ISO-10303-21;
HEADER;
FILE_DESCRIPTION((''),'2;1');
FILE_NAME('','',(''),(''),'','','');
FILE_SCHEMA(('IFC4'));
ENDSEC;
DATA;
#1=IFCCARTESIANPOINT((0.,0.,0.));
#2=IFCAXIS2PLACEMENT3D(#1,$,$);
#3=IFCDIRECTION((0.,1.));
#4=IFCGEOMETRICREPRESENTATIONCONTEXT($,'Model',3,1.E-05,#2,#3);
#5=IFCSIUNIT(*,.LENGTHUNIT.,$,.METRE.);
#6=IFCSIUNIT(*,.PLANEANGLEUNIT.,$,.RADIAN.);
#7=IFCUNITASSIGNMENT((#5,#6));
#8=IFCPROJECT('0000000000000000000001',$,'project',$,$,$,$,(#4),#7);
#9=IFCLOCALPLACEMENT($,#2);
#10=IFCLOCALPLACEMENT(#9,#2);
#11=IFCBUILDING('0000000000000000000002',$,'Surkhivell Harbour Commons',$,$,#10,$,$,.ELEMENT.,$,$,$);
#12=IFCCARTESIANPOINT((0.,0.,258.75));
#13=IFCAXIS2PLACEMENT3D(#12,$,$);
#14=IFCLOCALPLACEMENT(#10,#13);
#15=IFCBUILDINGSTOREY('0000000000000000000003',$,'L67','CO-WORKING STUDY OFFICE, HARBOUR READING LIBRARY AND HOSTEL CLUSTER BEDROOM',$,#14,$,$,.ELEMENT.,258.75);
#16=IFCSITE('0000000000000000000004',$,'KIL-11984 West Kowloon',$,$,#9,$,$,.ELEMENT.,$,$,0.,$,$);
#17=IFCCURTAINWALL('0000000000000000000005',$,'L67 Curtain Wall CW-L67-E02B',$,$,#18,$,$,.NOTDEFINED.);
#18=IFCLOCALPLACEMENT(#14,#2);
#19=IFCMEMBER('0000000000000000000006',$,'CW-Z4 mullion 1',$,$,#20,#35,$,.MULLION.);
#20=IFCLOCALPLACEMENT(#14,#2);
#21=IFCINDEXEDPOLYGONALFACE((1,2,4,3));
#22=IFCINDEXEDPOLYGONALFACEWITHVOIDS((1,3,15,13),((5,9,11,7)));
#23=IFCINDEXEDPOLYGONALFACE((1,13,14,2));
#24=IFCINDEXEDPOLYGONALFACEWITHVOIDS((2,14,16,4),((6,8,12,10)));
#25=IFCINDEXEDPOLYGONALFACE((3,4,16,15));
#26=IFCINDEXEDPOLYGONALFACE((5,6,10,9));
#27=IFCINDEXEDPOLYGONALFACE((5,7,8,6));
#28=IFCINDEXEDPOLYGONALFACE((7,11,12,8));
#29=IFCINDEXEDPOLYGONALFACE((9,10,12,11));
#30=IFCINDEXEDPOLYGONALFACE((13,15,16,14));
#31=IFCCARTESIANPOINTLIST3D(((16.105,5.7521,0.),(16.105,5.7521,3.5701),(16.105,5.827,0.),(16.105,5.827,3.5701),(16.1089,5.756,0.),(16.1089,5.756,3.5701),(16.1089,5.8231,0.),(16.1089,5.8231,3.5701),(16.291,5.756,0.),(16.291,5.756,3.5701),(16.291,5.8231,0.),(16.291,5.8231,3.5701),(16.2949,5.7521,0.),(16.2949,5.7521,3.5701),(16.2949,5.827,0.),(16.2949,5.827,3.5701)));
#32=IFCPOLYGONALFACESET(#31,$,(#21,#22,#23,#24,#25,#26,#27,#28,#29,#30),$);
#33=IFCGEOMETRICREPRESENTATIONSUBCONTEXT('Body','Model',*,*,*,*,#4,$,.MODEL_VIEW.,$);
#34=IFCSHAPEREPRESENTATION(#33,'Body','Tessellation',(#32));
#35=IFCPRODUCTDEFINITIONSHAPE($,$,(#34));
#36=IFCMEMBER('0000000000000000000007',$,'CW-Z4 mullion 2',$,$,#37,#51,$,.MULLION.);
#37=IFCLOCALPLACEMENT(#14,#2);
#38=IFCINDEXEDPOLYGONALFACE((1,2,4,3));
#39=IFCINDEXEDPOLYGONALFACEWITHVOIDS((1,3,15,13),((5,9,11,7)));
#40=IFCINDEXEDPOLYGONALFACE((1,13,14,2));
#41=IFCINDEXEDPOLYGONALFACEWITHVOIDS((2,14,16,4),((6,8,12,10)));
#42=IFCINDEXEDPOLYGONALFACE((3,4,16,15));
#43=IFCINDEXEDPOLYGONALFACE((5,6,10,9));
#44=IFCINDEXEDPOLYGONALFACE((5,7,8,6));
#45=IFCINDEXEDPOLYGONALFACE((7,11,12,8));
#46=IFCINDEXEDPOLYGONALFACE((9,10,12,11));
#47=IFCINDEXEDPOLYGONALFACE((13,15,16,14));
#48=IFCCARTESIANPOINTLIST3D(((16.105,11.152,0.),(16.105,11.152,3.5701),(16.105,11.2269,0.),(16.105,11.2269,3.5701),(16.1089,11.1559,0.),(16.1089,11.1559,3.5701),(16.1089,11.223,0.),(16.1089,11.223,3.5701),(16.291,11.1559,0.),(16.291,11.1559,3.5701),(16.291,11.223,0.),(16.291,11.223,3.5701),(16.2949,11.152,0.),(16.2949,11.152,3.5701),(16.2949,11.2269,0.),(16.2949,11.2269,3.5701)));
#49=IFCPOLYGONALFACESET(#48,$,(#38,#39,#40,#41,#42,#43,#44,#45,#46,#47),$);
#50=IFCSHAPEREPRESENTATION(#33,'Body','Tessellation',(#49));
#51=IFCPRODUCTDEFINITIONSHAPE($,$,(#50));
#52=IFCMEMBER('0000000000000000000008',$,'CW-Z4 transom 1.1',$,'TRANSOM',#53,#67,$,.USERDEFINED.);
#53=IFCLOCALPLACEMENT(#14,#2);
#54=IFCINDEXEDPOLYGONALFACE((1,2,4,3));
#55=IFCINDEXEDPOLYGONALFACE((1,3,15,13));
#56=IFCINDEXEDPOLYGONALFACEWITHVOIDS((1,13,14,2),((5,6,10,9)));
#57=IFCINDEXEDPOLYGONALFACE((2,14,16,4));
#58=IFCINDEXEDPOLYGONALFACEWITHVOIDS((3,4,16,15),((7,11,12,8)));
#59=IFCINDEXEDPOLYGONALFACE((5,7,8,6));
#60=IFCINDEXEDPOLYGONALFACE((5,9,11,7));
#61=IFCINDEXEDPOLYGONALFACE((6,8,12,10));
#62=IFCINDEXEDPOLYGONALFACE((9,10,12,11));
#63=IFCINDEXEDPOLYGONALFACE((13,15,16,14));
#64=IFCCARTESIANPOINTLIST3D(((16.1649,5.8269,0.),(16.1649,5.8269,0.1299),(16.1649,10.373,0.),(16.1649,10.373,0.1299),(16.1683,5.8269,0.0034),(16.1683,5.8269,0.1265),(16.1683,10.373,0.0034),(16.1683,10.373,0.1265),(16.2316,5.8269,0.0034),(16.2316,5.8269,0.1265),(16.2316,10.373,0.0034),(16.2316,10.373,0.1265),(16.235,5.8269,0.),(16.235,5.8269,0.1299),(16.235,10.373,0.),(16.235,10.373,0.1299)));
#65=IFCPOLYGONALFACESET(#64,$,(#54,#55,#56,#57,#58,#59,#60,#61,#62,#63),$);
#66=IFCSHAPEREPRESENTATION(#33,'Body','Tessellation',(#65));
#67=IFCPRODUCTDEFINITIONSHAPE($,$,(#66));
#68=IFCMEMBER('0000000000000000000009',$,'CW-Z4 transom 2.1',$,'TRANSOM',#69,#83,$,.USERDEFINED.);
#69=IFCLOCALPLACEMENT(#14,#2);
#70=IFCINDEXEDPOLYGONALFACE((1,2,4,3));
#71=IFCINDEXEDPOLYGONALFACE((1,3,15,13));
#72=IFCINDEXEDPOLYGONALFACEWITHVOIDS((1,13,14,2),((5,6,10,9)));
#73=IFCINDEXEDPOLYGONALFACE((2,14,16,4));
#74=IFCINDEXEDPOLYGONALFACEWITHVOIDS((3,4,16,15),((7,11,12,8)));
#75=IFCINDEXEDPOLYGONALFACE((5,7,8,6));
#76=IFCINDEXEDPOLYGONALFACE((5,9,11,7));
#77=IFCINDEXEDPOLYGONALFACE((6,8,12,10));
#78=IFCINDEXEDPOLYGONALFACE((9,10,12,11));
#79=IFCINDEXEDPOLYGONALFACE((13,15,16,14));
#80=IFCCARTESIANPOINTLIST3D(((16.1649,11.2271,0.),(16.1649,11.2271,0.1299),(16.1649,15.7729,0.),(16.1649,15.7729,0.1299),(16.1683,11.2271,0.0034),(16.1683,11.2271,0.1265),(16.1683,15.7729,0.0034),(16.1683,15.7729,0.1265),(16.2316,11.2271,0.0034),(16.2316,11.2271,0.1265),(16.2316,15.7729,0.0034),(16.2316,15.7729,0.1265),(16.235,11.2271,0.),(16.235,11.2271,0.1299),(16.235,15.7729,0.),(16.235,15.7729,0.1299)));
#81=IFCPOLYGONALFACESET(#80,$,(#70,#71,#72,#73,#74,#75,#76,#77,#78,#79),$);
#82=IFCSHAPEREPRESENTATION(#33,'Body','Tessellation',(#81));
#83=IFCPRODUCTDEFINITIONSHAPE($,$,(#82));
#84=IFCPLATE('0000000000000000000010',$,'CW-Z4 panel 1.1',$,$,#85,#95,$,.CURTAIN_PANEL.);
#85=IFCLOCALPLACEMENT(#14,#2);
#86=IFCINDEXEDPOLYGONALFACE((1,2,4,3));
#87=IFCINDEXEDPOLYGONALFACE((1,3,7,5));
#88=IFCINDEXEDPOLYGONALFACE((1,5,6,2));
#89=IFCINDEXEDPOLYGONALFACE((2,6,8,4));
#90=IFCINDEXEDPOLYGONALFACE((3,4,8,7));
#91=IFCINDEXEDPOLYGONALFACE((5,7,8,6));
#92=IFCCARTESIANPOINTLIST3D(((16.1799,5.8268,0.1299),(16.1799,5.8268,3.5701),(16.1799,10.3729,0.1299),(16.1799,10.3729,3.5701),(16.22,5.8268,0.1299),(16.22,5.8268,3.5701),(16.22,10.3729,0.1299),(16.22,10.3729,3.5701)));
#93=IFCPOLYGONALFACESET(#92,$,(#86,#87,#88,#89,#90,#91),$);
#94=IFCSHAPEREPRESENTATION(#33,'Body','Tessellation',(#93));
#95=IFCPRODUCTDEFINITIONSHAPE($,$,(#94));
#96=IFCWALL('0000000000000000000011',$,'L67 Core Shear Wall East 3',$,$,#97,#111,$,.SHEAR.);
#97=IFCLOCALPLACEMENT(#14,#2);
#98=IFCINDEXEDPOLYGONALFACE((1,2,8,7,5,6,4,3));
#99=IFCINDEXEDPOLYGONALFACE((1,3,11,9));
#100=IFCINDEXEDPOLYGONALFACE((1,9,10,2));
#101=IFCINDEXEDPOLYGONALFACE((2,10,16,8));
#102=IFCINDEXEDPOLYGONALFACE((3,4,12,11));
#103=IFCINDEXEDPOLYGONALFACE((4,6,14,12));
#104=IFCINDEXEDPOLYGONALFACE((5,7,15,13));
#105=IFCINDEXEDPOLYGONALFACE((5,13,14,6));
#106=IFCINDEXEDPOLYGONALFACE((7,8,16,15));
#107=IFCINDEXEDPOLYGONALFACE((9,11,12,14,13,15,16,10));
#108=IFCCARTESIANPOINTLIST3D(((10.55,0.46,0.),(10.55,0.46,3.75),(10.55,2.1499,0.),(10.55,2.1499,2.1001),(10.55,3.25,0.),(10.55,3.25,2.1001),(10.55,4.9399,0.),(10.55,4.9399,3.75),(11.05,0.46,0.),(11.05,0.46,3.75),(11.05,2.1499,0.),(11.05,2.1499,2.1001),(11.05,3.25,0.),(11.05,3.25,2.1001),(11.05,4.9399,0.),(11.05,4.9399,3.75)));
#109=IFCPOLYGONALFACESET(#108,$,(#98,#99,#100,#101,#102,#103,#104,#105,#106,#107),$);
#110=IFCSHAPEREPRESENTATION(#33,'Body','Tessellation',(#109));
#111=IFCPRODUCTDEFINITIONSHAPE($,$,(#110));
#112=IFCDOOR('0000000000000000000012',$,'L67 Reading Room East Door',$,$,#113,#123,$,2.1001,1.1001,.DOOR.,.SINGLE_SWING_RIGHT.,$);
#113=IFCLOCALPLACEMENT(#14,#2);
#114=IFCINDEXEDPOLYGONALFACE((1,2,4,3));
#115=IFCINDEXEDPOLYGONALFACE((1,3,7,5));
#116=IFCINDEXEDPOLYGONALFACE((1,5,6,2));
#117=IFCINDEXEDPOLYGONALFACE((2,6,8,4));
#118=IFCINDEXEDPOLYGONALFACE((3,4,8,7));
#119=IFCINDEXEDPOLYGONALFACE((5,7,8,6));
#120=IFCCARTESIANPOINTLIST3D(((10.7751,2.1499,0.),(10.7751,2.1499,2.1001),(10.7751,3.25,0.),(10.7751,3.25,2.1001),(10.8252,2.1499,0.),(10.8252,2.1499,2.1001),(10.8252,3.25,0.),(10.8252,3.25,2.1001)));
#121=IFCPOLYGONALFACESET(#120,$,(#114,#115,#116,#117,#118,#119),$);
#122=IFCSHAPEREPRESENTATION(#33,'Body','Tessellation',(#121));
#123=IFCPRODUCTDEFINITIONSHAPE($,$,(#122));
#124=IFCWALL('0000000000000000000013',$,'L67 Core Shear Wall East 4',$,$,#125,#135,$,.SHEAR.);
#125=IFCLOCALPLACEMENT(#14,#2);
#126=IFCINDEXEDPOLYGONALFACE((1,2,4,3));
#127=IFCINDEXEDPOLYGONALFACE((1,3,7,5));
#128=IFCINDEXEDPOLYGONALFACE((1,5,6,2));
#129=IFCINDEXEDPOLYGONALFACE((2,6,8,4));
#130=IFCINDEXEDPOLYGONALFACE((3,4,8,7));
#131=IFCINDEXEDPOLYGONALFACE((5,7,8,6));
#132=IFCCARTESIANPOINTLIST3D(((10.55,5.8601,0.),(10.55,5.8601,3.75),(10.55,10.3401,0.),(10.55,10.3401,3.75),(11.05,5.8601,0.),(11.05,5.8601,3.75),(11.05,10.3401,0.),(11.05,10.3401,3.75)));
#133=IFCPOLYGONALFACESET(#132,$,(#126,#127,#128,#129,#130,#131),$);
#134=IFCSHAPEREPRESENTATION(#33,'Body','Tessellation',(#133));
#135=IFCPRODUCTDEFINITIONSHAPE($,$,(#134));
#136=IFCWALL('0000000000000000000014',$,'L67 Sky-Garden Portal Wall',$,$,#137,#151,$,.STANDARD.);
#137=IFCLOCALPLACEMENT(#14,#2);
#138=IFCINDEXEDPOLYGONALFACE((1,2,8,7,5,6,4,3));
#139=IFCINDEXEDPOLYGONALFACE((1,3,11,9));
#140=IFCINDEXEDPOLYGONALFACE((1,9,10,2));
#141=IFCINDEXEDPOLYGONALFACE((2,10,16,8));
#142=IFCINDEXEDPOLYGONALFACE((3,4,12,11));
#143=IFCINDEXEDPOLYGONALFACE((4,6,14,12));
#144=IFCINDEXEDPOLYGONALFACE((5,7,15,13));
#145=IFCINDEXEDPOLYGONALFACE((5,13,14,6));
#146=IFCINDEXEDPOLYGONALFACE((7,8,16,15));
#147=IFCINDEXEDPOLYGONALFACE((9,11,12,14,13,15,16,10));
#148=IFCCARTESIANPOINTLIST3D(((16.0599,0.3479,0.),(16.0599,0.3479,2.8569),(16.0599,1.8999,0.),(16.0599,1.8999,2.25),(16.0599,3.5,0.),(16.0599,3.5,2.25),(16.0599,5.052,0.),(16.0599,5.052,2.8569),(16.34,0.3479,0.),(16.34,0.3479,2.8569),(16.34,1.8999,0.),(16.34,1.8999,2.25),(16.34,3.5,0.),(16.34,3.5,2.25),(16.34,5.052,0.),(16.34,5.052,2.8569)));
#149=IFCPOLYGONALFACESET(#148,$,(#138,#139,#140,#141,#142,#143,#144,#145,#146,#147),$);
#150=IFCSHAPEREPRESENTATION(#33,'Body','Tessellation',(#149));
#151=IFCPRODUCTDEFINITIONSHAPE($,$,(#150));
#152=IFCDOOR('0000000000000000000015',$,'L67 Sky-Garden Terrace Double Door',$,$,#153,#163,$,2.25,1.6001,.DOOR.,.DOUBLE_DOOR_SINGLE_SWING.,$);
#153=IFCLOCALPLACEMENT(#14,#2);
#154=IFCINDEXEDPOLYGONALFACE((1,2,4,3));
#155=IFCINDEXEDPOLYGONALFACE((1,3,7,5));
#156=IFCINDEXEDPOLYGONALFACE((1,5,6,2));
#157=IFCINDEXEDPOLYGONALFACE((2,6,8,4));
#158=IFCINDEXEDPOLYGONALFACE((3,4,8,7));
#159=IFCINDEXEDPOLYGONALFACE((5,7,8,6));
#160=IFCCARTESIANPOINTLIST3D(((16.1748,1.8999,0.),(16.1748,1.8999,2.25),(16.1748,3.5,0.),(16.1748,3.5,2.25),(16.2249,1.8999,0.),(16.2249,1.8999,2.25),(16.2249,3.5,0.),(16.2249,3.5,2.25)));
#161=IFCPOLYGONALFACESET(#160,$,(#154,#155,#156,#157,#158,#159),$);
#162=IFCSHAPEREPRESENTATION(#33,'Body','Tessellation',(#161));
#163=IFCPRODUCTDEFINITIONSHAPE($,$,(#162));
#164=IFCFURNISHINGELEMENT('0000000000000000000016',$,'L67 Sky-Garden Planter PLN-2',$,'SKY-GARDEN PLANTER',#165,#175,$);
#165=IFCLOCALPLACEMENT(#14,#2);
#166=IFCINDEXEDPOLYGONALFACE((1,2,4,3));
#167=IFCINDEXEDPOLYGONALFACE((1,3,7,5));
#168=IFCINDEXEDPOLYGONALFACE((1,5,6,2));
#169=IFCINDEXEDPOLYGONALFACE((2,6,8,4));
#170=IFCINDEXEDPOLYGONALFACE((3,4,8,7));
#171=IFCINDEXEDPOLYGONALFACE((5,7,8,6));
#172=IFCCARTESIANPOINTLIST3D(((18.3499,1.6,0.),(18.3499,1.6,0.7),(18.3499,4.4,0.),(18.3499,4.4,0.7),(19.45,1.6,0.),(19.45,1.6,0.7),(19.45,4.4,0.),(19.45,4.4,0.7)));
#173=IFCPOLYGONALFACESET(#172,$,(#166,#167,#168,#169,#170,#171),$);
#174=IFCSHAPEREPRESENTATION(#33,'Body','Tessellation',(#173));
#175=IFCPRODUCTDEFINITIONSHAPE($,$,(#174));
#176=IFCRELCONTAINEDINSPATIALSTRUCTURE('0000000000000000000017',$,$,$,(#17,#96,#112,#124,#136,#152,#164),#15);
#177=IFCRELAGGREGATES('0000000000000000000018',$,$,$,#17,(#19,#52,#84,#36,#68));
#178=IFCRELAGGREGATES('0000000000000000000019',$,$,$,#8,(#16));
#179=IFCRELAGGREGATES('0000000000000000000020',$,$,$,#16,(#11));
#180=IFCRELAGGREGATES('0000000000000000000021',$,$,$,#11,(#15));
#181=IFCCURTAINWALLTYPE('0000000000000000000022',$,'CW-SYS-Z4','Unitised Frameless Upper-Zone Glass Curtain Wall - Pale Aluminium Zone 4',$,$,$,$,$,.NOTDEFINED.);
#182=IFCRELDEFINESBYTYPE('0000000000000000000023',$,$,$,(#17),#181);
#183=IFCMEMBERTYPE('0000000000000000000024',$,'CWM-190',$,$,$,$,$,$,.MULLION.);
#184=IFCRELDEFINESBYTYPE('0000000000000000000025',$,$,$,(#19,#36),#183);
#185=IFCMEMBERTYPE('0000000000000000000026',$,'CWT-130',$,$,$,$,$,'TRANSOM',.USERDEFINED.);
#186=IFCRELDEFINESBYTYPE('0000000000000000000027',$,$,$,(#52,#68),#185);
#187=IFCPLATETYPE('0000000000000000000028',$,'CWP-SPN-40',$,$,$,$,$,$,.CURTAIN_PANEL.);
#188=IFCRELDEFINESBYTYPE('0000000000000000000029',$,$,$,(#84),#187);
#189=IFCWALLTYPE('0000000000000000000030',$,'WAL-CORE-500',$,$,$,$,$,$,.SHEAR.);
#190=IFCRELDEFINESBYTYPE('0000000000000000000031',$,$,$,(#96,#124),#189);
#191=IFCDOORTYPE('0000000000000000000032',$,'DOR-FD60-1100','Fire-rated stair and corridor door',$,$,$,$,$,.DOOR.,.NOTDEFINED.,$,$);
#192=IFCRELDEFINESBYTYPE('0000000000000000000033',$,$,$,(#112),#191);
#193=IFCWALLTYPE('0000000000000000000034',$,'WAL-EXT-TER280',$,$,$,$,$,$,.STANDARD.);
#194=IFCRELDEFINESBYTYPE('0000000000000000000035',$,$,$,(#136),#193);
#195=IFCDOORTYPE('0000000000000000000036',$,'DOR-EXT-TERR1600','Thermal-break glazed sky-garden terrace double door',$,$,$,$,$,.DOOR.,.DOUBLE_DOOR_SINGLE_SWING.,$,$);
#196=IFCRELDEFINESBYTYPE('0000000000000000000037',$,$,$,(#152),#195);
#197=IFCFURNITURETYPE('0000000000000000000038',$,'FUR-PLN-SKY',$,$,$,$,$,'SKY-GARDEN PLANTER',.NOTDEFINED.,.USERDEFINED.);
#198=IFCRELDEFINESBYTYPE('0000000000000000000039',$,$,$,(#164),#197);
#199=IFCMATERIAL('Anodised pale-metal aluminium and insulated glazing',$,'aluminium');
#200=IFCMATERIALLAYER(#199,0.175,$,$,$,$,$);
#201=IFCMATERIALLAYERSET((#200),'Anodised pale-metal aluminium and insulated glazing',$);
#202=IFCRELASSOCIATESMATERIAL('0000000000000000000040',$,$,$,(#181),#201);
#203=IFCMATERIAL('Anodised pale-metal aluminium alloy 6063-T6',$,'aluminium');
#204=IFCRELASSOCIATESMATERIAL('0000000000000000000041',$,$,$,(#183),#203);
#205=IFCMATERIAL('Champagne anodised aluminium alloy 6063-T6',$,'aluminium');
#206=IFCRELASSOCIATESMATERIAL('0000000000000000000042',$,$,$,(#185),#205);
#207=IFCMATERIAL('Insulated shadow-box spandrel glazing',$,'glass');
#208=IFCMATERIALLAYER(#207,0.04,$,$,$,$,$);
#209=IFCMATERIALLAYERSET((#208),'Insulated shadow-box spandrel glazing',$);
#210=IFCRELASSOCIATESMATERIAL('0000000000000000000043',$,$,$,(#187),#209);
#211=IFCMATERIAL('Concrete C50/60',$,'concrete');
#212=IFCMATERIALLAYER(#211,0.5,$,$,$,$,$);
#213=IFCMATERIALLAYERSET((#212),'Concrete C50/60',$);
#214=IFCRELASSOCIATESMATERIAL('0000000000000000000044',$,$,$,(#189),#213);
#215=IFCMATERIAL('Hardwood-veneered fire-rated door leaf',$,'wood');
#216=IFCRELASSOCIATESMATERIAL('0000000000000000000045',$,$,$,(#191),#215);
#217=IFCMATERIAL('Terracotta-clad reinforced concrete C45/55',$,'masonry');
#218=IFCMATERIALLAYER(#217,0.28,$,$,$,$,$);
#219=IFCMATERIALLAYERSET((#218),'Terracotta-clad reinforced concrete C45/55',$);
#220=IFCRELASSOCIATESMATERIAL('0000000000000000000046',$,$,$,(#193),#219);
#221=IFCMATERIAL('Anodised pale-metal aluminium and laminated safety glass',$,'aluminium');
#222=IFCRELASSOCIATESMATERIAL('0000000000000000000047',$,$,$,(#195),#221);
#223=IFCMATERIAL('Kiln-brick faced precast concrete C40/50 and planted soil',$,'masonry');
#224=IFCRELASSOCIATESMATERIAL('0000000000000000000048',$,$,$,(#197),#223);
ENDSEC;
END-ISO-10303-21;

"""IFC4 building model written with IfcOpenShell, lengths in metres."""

from ifc_helpers import new_model, si_unit, direction, frame, frame_2d, origin, origin_2d, place, context, subcontext, project, spatial, rectangle, hollow_rectangle, extrude, material, layer, layer_set, material_profile, profile_set, type_object, element, fill, aggregate, save


model = new_model("IFC4")

# Units and contexts
model_context = context("Model", 3, precision=1e-05, world=origin(), true_north=direction((0.0, 1.0)))
body_context = subcontext(model_context, "Body", "Model", "MODEL_VIEW")
ifc_project = project(units=[si_unit("LENGTHUNIT", "METRE"), si_unit("PLANEANGLEUNIT", "RADIAN")], contexts=[model_context])

# Site, building, storey
site_placement = place(None, origin())
site = spatial("IfcSite", under=ifc_project, at=site_placement, Name="KIL-11984 West Kowloon", CompositionType="ELEMENT", RefElevation=0.0)
building_placement = place(site_placement, origin())
building = spatial("IfcBuilding", under=site, at=building_placement, Name="Surkhivell Harbour Commons", CompositionType="ELEMENT")
storey_placement = place(building_placement, frame((0.0, 0.0, 258.75)))
storey = spatial("IfcBuildingStorey", under=building, at=storey_placement, Name="L67", Description="CO-WORKING STUDY OFFICE, HARBOUR READING LIBRARY AND HOSTEL CLUSTER BEDROOM", CompositionType="ELEMENT", Elevation=258.75)

# Shared definitions
ifc_material_1 = material(Name="Concrete C50/60", Category="concrete")

# Curtain wall, members, plate
ifc_material_2 = material(Name="Anodised pale-metal aluminium and insulated glazing", Category="aluminium")
ifc_layer_1 = layer(ifc_material_2, 0.175)
ifc_layer_set_1 = layer_set([ifc_layer_1], Name="Anodised pale-metal aluminium and insulated glazing")
curtain_wall_type = type_object("IfcCurtainWallType", Name="CW-SYS-Z4", Description="Unitised Frameless Upper-Zone Glass Curtain Wall - Pale Aluminium Zone 4", PredefinedType="NOTDEFINED", material=ifc_layer_set_1)
curtain_wall_placement = place(storey_placement, origin())
curtain_wall = element("IfcCurtainWall", 1, at=curtain_wall_placement, inside=storey, type_object=curtain_wall_type, Name="L67 Curtain Wall CW-L67-E02B", PredefinedType="NOTDEFINED")
ifc_material_3 = material(Name="Anodised pale-metal aluminium alloy 6063-T6", Category="aluminium")
ifc_material_profile_1 = material_profile(ifc_material_3, hollow_rectangle(XDim=0.075, YDim=0.1899, WallThickness=0.0039, at=origin_2d()), Name="ALU-MULL-75x190")
ifc_profile_set_1 = profile_set([ifc_material_profile_1], Name="Anodised pale-metal aluminium alloy 6063-T6")
member_type_1 = type_object("IfcMemberType", Name="CWM-190", PredefinedType="MULLION", material=ifc_profile_set_1)
member_1_placement = place(storey_placement, frame((16.2, 5.7896, 0.0), z_axis=(0.0, 0.0, 1.0), x_axis=(0.0, 1.0, 0.0)))
member_1 = element("IfcMember", 2, at=member_1_placement, type_object=member_type_1, Name="CW-Z4 mullion 1", PredefinedType="MULLION", context=body_context, shape_type="SweptSolid", body=[
    extrude(hollow_rectangle(XDim=0.075, YDim=0.1899, WallThickness=0.0039, at=origin_2d()), origin(), (0.0, 0.0, 1.0), 3.5701),
])
member_2_placement = place(storey_placement, frame((16.2, 11.1895, 0.0), z_axis=(0.0, 0.0, 1.0), x_axis=(0.0, 1.0, 0.0)))
member_2 = element("IfcMember", 3, at=member_2_placement, type_object=member_type_1, Name="CW-Z4 mullion 2", PredefinedType="MULLION", context=body_context, shape_type="SweptSolid", body=[
    extrude(hollow_rectangle(XDim=0.075, YDim=0.1899, WallThickness=0.0039, at=origin_2d()), origin(), (0.0, 0.0, 1.0), 3.5701),
])
ifc_material_4 = material(Name="Champagne anodised aluminium alloy 6063-T6", Category="aluminium")
ifc_material_profile_2 = material_profile(ifc_material_4, hollow_rectangle(XDim=0.0701, YDim=0.1299, WallThickness=0.0034, at=origin_2d()), Name="ALU-TRAN-70x130")
ifc_profile_set_2 = profile_set([ifc_material_profile_2], Name="Champagne anodised aluminium alloy 6063-T6")
member_type_2 = type_object("IfcMemberType", Name="CWT-130", ElementType="TRANSOM", PredefinedType="USERDEFINED", material=ifc_profile_set_2)
member_3_placement = place(storey_placement, frame((16.2, 5.8269, 0.0649), z_axis=(0.0, 1.0, 0.0), x_axis=(-1.0, 0.0, 0.0)))
member_3 = element("IfcMember", 4, at=member_3_placement, type_object=member_type_2, Name="CW-Z4 transom 1.1", ObjectType="TRANSOM", PredefinedType="USERDEFINED", context=body_context, shape_type="SweptSolid", body=[
    extrude(hollow_rectangle(XDim=0.0701, YDim=0.1299, WallThickness=0.0034, at=origin_2d()), origin(), (0.0, 0.0, 1.0), 4.5461),
])
member_4_placement = place(storey_placement, frame((16.2, 11.2271, 0.0649), z_axis=(0.0, 1.0, 0.0), x_axis=(-1.0, 0.0, 0.0)))
member_4 = element("IfcMember", 5, at=member_4_placement, type_object=member_type_2, Name="CW-Z4 transom 2.1", ObjectType="TRANSOM", PredefinedType="USERDEFINED", context=body_context, shape_type="SweptSolid", body=[
    extrude(hollow_rectangle(XDim=0.0701, YDim=0.1299, WallThickness=0.0034, at=origin_2d()), origin(), (0.0, 0.0, 1.0), 4.5459),
])
ifc_material_5 = material(Name="Insulated shadow-box spandrel glazing", Category="glass")
ifc_layer_2 = layer(ifc_material_5, 0.04)
ifc_layer_set_2 = layer_set([ifc_layer_2], Name="Insulated shadow-box spandrel glazing")
plate_type = type_object("IfcPlateType", Name="CWP-SPN-40", PredefinedType="CURTAIN_PANEL", material=ifc_layer_set_2)
plate_placement = place(storey_placement, frame((16.2, 5.8269, 0.1299), z_axis=(0.0, 0.0, 1.0), x_axis=(0.0, 1.0, 0.0)))
plate = element("IfcPlate", 6, at=plate_placement, type_object=plate_type, Name="CW-Z4 panel 1.1", PredefinedType="CURTAIN_PANEL", context=body_context, shape_type="SweptSolid", body=[
    extrude(rectangle(XDim=4.5461, YDim=0.04, at=frame_2d((2.2729, 0.0))), origin(), (0.0, 0.0, 1.0), 3.4402),
])
aggregate(curtain_wall, [member_1, member_3, plate, member_2, member_4])

# Wall, opening, door
ifc_layer_3 = layer(ifc_material_1, 0.5)
ifc_layer_set_3 = layer_set([ifc_layer_3], Name="Concrete C50/60")
wall_type_1 = type_object("IfcWallType", Name="WAL-CORE-500", PredefinedType="SHEAR", material=ifc_layer_set_3)
wall_1_placement = place(storey_placement, frame((10.8, 0.46, 0.0), z_axis=(0.0, 0.0, 1.0), x_axis=(0.0, 1.0, 0.0)))
wall_1 = element("IfcWall", 7, at=wall_1_placement, inside=storey, type_object=wall_type_1, Name="L67 Core Shear Wall East 3", PredefinedType="SHEAR", context=body_context, shape_type="SweptSolid", body=[
    extrude(rectangle(XDim=4.48, YDim=0.5, at=frame_2d((2.24, 0.0))), origin(), (0.0, 0.0, 1.0), 3.75),
])
opening_1_placement = place(wall_1_placement, frame((1.6899, 0.0, 0.0)))
opening_1 = element("IfcOpeningElement", 8, at=opening_1_placement, cuts=wall_1, PredefinedType="OPENING", context=body_context, shape_type="SweptSolid", body=[
    extrude(rectangle(XDim=1.1001, YDim=2.1001, at=frame_2d((0.55, 1.05))), frame((0.0, 0.26, 0.0), z_axis=(0.0, -1.0, 0.0), x_axis=(1.0, 0.0, 0.0)), (0.0, 0.0, 1.0), 0.52),
])
ifc_material_6 = material(Name="Hardwood-veneered fire-rated door leaf", Category="wood")
door_type_1 = type_object("IfcDoorType", Name="DOR-FD60-1100", Description="Fire-rated stair and corridor door", OperationType="NOTDEFINED", PredefinedType="DOOR", material=ifc_material_6)
door_1_placement = place(opening_1_placement, origin())
door_1 = element("IfcDoor", 9, at=door_1_placement, inside=storey, type_object=door_type_1, Name="L67 Reading Room East Door", OperationType="SINGLE_SWING_RIGHT", OverallHeight=2.1001, OverallWidth=1.1001, PredefinedType="DOOR", context=body_context, shape_type="SweptSolid", body=[
    extrude(rectangle(XDim=1.1001, YDim=2.1001, at=frame_2d((0.55, 1.05))), frame((0.0, 0.0249, 0.0), z_axis=(0.0, -1.0, 0.0), x_axis=(1.0, 0.0, 0.0)), (0.0, 0.0, 1.0), 0.05),
])
fill(opening_1, door_1)

# Wall
wall_2_placement = place(storey_placement, frame((10.8, 5.8601, 0.0), z_axis=(0.0, 0.0, 1.0), x_axis=(0.0, 1.0, 0.0)))
element("IfcWall", 10, at=wall_2_placement, inside=storey, type_object=wall_type_1, Name="L67 Core Shear Wall East 4", PredefinedType="SHEAR", context=body_context, shape_type="SweptSolid", body=[
    extrude(rectangle(XDim=4.48, YDim=0.5, at=frame_2d((2.24, 0.0))), origin(), (0.0, 0.0, 1.0), 3.75),
])

# Wall, opening, door
ifc_material_7 = material(Name="Terracotta-clad reinforced concrete C45/55", Category="masonry")
ifc_layer_4 = layer(ifc_material_7, 0.28)
ifc_layer_set_4 = layer_set([ifc_layer_4], Name="Terracotta-clad reinforced concrete C45/55")
wall_type_2 = type_object("IfcWallType", Name="WAL-EXT-TER280", PredefinedType="STANDARD", material=ifc_layer_set_4)
wall_3_placement = place(storey_placement, frame((16.2, 5.052, 0.0), z_axis=(0.0, 0.0, 1.0), x_axis=(0.0, -1.0, 0.0)))
wall_3 = element("IfcWall", 11, at=wall_3_placement, inside=storey, type_object=wall_type_2, Name="L67 Sky-Garden Portal Wall", PredefinedType="STANDARD", context=body_context, shape_type="SweptSolid", body=[
    extrude(rectangle(XDim=4.7041, YDim=0.28, at=frame_2d((2.3521, 0.0))), origin(), (0.0, 0.0, 1.0), 2.8569),
])
opening_2_placement = place(wall_3_placement, frame((1.552, 0.0, 0.0)))
opening_2 = element("IfcOpeningElement", 12, at=opening_2_placement, cuts=wall_3, PredefinedType="OPENING", context=body_context, shape_type="SweptSolid", body=[
    extrude(rectangle(XDim=1.6001, YDim=2.25, at=frame_2d((0.8, 1.125))), frame((0.0, 0.1499, 0.0), z_axis=(0.0, -1.0, 0.0), x_axis=(1.0, 0.0, 0.0)), (0.0, 0.0, 1.0), 0.3),
])
ifc_material_8 = material(Name="Anodised pale-metal aluminium and laminated safety glass", Category="aluminium")
door_type_2 = type_object("IfcDoorType", Name="DOR-EXT-TERR1600", Description="Thermal-break glazed sky-garden terrace double door", OperationType="DOUBLE_DOOR_SINGLE_SWING", PredefinedType="DOOR", material=ifc_material_8)
door_2_placement = place(opening_2_placement, origin())
door_2 = element("IfcDoor", 13, at=door_2_placement, inside=storey, type_object=door_type_2, Name="L67 Sky-Garden Terrace Double Door", OperationType="DOUBLE_DOOR_SINGLE_SWING", OverallHeight=2.25, OverallWidth=1.6001, PredefinedType="DOOR", context=body_context, shape_type="SweptSolid", body=[
    extrude(rectangle(XDim=1.6001, YDim=2.25, at=frame_2d((0.8, 1.125))), frame((0.0, 0.0249, 0.0), z_axis=(0.0, -1.0, 0.0), x_axis=(1.0, 0.0, 0.0)), (0.0, 0.0, 1.0), 0.05),
])
fill(opening_2, door_2)

# Furnishing element
ifc_material_9 = material(Name="Kiln-brick faced precast concrete C40/50 and planted soil", Category="masonry")
furniture_type = type_object("IfcFurnitureType", Name="FUR-PLN-SKY", ElementType="SKY-GARDEN PLANTER", AssemblyPlace="NOTDEFINED", PredefinedType="USERDEFINED", material=ifc_material_9)
for number, where, z_axis, x_axis, name in (
    (14, (18.8999, 3.0, 0.0), (0.0, 0.0, 1.0), (0.0, 1.0, 0.0), "L67 Sky-Garden Planter PLN-2"),
):
    element("IfcFurnishingElement", number, at=place(storey_placement, frame(where, z_axis=z_axis, x_axis=x_axis)), inside=storey, type_object=furniture_type, Name=name, ObjectType="SKY-GARDEN PLANTER", context=body_context, shape_type="SweptSolid", body=[
        extrude(rectangle(XDim=2.8, YDim=1.1001, at=origin_2d()), origin(), (0.0, 0.0, 1.0), 0.7),
    ])

save(model, "model.ifc")
